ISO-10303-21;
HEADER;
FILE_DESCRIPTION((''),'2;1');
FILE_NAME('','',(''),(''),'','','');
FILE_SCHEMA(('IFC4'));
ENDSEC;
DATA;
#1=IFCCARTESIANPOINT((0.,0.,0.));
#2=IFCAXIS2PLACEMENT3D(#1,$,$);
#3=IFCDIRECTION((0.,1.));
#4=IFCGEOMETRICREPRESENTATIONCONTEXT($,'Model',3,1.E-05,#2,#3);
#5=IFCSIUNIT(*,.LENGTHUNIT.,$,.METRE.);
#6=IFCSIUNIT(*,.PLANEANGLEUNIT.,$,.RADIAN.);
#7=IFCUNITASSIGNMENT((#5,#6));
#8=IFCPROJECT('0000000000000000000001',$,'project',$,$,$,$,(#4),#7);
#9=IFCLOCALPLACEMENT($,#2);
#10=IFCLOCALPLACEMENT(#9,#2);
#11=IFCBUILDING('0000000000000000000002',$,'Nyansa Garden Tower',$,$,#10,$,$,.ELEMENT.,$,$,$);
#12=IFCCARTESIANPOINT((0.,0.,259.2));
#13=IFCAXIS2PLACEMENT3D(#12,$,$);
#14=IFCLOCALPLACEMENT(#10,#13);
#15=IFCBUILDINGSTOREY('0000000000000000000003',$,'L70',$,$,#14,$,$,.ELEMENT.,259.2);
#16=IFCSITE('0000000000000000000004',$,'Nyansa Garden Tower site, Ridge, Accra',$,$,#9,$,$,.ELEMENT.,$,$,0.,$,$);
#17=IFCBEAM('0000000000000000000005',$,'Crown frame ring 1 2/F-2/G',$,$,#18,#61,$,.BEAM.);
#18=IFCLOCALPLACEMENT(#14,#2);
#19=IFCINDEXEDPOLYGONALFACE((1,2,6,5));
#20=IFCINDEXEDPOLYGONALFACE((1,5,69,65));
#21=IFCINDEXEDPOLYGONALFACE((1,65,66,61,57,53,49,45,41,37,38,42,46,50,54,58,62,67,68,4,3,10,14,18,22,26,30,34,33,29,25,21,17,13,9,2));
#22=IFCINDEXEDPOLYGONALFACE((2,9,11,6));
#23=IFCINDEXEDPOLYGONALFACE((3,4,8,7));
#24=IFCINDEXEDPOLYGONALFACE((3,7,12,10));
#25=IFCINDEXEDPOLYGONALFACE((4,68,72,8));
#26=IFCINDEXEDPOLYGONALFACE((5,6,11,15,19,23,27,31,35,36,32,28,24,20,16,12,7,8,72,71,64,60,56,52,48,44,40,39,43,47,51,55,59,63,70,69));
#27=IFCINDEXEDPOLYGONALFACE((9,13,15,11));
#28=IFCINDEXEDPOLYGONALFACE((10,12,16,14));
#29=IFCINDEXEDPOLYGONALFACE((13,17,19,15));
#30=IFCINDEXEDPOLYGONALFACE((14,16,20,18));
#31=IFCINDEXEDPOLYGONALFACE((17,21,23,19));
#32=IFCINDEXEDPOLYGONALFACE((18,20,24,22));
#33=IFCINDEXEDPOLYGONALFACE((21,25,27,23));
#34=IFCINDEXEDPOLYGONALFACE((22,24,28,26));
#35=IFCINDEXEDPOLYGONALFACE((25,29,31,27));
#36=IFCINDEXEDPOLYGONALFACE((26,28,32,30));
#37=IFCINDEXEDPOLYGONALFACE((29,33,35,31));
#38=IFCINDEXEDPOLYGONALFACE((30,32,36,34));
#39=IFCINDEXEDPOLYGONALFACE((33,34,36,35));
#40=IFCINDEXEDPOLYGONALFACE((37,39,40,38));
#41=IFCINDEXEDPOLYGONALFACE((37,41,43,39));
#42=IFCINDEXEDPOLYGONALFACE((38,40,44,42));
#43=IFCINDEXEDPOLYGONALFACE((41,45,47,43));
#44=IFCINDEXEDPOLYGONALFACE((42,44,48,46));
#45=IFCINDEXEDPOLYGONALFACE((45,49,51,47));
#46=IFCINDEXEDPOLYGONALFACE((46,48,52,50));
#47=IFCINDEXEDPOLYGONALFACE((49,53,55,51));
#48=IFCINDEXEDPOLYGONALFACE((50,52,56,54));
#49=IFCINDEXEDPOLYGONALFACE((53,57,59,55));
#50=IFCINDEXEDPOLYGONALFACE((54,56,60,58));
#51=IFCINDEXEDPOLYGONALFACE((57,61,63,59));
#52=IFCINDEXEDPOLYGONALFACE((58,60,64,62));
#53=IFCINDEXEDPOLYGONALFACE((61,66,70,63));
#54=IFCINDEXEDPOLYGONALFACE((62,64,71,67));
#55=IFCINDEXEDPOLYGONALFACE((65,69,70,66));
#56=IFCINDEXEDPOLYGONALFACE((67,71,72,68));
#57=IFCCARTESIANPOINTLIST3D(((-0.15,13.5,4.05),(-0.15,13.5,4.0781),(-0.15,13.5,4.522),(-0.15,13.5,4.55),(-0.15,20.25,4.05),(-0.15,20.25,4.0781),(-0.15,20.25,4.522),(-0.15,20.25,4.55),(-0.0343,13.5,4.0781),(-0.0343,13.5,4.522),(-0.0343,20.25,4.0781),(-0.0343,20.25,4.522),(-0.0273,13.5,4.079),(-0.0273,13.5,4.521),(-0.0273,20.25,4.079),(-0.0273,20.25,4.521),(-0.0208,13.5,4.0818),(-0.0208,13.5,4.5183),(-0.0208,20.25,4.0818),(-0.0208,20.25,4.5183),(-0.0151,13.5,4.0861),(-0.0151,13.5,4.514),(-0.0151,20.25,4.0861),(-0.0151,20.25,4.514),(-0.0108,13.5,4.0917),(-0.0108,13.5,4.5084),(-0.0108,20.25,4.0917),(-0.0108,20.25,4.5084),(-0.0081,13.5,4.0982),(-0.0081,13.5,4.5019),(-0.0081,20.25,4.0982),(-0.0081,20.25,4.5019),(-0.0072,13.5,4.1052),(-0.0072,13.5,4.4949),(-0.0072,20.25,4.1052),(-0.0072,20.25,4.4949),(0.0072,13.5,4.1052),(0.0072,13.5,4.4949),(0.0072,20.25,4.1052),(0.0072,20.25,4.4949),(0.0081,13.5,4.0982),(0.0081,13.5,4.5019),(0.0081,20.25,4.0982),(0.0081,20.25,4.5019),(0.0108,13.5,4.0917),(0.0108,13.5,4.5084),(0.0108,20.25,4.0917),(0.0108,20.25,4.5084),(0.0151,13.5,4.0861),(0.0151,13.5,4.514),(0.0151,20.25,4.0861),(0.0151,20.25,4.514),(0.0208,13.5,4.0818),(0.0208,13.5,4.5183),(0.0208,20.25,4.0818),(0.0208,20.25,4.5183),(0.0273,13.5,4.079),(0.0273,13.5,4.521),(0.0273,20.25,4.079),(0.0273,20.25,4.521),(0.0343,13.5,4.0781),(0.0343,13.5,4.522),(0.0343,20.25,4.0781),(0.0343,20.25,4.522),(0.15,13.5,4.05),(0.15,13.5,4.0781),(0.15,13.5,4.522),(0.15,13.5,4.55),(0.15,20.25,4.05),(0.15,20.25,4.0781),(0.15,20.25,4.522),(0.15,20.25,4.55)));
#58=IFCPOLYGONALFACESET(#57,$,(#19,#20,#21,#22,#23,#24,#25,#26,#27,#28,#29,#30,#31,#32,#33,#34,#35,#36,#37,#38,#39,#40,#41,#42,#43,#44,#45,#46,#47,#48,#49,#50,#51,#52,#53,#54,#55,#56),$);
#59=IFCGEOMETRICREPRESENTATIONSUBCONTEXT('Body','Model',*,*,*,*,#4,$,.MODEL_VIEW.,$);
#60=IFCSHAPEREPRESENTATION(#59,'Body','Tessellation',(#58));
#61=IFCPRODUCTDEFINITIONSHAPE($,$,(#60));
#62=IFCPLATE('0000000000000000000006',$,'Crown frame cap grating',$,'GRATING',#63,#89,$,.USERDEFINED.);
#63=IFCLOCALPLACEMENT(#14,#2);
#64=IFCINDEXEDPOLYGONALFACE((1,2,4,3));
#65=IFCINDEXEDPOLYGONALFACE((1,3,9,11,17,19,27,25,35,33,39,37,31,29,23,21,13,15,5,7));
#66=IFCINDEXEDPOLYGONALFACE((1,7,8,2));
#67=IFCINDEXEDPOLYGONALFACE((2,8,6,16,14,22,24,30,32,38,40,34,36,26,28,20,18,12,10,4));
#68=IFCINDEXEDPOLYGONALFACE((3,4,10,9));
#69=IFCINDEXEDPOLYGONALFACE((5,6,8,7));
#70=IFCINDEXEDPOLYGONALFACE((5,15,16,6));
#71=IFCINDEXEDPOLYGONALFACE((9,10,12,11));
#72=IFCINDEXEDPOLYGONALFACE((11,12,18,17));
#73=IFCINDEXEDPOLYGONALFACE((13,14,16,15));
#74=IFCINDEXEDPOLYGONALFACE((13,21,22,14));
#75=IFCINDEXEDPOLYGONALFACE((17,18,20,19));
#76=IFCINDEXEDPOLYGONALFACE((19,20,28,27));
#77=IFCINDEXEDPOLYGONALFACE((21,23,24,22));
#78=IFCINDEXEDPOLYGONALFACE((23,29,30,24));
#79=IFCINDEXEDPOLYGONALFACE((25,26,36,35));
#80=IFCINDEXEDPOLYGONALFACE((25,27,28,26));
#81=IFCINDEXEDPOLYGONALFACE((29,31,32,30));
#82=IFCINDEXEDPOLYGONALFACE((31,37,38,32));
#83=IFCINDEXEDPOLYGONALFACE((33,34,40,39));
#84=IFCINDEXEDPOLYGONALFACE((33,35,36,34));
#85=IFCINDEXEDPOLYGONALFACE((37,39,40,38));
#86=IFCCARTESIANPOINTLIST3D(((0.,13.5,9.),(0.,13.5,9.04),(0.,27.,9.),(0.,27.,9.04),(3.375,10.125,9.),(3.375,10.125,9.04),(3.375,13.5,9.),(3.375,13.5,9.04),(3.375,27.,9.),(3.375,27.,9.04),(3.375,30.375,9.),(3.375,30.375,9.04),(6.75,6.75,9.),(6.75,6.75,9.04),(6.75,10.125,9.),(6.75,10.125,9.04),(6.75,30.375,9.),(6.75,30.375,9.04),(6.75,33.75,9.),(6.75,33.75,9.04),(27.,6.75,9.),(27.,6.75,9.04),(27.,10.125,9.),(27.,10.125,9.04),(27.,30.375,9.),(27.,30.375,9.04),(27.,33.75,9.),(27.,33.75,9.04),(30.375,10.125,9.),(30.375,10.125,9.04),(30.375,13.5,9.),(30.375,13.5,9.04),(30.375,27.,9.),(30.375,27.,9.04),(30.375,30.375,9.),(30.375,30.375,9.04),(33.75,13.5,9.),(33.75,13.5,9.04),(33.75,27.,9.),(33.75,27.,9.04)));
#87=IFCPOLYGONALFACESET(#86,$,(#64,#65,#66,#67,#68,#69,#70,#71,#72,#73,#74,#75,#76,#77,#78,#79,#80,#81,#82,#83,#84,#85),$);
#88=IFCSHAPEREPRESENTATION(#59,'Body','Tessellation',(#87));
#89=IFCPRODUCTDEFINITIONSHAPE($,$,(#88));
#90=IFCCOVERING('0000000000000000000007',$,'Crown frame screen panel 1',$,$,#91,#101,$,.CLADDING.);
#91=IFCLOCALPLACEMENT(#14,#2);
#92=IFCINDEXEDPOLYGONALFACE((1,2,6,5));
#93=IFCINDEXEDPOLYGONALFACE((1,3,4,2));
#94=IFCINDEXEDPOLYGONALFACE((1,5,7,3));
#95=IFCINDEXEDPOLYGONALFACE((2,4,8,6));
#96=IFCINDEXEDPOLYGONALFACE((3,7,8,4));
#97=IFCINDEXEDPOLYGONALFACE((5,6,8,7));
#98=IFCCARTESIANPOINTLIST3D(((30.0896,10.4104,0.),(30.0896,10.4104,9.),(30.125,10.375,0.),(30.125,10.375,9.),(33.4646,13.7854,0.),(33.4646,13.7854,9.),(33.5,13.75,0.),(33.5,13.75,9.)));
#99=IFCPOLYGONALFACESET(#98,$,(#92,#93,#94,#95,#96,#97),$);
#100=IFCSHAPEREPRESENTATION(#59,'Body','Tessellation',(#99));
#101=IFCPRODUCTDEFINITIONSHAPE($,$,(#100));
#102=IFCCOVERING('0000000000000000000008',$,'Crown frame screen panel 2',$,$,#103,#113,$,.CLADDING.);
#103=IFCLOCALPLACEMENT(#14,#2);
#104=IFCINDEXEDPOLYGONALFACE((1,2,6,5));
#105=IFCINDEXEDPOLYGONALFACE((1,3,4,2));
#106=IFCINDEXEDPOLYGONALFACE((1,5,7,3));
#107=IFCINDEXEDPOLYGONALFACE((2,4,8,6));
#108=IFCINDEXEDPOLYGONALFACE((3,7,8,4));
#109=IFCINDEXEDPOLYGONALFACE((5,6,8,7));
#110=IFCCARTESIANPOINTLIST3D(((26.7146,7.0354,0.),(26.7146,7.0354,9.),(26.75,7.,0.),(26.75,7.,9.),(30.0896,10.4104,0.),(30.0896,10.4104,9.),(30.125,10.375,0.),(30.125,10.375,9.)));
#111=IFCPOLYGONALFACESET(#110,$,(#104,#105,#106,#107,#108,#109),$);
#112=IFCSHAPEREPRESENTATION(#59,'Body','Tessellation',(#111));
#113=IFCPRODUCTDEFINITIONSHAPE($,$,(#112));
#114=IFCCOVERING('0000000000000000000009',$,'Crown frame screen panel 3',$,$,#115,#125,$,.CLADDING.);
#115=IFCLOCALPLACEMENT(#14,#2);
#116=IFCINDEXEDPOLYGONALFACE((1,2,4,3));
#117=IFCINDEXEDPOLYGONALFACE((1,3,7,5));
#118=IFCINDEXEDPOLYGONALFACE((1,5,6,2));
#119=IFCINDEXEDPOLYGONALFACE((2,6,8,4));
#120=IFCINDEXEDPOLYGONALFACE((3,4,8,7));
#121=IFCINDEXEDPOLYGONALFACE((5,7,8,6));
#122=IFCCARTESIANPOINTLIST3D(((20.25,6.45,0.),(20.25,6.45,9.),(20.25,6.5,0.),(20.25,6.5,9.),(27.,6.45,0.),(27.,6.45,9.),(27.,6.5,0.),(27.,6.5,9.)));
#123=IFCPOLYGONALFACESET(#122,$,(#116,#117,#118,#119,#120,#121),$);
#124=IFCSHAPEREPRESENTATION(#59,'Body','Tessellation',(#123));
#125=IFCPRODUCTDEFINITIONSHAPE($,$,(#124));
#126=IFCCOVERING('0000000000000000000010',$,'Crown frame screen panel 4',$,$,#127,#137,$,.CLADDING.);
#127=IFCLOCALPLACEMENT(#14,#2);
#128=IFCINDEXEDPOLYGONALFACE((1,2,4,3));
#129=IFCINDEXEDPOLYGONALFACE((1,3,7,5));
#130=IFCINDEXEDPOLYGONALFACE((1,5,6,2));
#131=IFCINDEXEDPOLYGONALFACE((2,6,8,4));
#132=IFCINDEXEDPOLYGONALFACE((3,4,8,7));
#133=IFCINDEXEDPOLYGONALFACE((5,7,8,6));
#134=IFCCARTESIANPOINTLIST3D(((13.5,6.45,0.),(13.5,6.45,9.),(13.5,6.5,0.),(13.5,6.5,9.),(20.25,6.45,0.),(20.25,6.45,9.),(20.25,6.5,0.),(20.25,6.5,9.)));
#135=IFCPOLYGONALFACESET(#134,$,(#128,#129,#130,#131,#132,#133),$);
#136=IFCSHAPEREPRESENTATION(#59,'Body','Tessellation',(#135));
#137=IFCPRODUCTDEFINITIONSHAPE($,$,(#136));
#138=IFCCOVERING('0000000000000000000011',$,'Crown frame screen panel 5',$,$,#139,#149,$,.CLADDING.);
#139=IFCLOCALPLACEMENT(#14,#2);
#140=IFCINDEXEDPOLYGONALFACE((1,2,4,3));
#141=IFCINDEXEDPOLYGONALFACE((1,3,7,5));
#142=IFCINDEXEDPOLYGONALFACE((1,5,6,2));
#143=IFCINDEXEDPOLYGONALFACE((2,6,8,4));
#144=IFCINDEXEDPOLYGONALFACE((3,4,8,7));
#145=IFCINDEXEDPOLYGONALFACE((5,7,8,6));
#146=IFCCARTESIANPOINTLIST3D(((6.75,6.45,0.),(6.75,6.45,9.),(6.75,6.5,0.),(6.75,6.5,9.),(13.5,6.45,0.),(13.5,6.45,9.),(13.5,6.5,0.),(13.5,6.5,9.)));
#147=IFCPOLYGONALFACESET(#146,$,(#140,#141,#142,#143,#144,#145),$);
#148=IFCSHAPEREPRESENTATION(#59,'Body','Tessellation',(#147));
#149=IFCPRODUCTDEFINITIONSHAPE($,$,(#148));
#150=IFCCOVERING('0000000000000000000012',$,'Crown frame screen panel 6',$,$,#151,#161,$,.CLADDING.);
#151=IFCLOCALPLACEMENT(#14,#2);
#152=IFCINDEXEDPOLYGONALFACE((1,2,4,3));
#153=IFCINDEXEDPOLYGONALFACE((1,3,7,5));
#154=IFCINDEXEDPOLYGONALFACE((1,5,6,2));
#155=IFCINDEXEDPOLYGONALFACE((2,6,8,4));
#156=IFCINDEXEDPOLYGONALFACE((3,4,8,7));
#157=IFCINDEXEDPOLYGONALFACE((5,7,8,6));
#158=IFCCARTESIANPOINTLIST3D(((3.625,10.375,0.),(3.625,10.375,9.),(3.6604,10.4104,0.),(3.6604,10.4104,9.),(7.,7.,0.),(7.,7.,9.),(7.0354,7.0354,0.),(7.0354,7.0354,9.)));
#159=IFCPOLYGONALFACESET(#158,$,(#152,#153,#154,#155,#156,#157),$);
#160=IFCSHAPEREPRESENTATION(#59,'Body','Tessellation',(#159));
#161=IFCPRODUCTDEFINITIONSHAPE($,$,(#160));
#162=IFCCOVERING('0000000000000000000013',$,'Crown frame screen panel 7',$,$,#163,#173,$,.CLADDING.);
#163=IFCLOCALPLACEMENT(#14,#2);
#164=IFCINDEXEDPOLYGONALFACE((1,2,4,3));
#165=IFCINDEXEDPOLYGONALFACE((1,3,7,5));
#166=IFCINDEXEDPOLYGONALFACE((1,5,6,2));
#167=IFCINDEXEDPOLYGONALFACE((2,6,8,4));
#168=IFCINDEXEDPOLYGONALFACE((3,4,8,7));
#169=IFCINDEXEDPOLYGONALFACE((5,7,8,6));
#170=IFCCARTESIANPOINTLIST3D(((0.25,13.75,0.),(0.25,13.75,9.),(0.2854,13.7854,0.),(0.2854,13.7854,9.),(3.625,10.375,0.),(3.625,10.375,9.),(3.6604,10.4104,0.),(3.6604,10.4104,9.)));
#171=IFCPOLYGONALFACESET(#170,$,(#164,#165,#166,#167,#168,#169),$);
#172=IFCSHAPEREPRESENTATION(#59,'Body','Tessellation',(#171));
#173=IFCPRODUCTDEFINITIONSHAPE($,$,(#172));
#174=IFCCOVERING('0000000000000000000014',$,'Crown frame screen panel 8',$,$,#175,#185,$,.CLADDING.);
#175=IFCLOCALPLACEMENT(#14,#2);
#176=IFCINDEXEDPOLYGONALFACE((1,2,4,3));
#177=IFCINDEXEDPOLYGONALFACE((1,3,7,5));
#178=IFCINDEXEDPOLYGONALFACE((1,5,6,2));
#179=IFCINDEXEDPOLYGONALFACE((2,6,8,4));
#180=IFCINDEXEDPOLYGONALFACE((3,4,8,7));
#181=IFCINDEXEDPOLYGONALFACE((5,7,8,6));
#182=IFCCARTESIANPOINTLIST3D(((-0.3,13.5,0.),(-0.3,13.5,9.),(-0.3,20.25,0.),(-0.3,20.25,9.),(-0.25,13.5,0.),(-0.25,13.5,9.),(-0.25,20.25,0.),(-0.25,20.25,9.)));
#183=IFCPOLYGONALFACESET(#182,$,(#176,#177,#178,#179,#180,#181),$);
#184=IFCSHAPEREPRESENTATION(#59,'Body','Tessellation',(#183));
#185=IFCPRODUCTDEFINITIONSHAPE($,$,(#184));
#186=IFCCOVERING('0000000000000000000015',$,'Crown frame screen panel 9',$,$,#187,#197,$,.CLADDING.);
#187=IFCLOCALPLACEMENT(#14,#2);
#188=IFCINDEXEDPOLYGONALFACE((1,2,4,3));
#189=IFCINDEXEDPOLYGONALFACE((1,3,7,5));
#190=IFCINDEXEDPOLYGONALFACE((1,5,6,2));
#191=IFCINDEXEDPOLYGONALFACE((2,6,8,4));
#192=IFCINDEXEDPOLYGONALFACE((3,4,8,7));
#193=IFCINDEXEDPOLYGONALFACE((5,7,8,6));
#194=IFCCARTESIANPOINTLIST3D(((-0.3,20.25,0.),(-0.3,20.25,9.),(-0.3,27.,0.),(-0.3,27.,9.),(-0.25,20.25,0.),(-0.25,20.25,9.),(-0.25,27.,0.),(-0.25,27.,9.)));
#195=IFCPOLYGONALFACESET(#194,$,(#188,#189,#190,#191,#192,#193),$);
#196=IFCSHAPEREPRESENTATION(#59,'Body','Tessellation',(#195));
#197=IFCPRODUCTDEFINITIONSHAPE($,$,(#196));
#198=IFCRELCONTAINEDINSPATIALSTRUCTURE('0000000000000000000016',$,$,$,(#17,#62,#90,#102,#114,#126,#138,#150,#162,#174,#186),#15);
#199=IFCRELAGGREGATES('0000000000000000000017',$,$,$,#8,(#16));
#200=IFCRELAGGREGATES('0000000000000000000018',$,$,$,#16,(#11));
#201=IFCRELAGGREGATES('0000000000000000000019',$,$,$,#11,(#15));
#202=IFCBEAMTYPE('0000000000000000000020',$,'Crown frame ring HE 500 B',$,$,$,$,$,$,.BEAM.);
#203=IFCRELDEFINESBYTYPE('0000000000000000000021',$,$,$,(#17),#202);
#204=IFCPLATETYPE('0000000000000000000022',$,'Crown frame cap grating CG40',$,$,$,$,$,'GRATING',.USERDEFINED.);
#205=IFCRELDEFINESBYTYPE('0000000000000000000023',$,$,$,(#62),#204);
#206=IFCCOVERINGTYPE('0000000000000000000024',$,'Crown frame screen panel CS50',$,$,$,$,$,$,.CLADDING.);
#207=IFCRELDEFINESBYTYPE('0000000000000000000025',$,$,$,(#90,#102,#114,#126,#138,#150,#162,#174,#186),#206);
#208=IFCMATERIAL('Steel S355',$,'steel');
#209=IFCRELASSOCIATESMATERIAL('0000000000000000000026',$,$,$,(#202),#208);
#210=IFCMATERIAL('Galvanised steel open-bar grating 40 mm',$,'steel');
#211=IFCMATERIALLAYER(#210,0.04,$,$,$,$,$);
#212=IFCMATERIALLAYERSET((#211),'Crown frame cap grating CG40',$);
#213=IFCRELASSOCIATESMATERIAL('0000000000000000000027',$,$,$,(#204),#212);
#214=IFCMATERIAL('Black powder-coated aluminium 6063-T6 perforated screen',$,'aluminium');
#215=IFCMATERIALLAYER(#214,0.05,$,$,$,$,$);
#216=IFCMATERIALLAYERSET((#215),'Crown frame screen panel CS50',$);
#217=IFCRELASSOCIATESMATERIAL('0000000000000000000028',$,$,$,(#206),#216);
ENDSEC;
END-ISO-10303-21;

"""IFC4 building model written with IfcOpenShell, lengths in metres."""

from ifc_helpers import new_model, si_unit, direction, frame, origin, origin_2d, place, context, subcontext, project, spatial, polyline, i_section, outline, extrude, material, layer, layer_set, material_profile, profile_set, type_object, element, save


model = new_model("IFC4")

# Units and contexts
model_context = context("Model", 3, precision=1e-05, world=origin(), true_north=direction((0.0, 1.0)))
body_context = subcontext(model_context, "Body", "Model", "MODEL_VIEW")
ifc_project = project(units=[si_unit("LENGTHUNIT", "METRE"), si_unit("PLANEANGLEUNIT", "RADIAN")], contexts=[model_context])

# Site, building, storey
site_placement = place(None, origin())
site = spatial("IfcSite", under=ifc_project, at=site_placement, Name="Nyansa Garden Tower site, Ridge, Accra", CompositionType="ELEMENT", RefElevation=0.0)
building_placement = place(site_placement, origin())
building = spatial("IfcBuilding", under=site, at=building_placement, Name="Nyansa Garden Tower", CompositionType="ELEMENT")
storey_placement = place(building_placement, frame((0.0, 0.0, 259.2)))
storey = spatial("IfcBuildingStorey", under=building, at=storey_placement, Name="L70", CompositionType="ELEMENT", Elevation=259.2)

# Beam
ifc_material_1 = material(Name="Steel S355", Category="steel")
ifc_material_profile_1 = material_profile(ifc_material_1, i_section(OverallWidth=0.3, OverallDepth=0.5, WebThickness=0.0144, FlangeThickness=0.0281, FilletRadius=0.0271, at=origin_2d()), Name="HE 500 B")
ifc_profile_set_1 = profile_set([ifc_material_profile_1], Name="Steel S355")
beam_type_1 = type_object("IfcBeamType", Name="Crown frame ring HE 500 B", PredefinedType="BEAM", material=ifc_profile_set_1)
beam_1_placement = place(storey_placement, frame((0.0, 13.5, 4.3), z_axis=(0.0, 1.0, 0.0), x_axis=(-1.0, 0.0, 0.0)))
element("IfcBeam", 1, at=beam_1_placement, inside=storey, type_object=beam_type_1, Name="Crown frame ring 1 2/F-2/G", PredefinedType="BEAM", context=body_context, shape_type="SweptSolid", body=[
    extrude(i_section(OverallWidth=0.3, OverallDepth=0.5, WebThickness=0.0144, FlangeThickness=0.0281, FilletRadius=0.0271, at=origin_2d()), origin(), (0.0, 0.0, 1.0), 6.75),
])

# Plate
ifc_material_2 = material(Name="Galvanised steel open-bar grating 40 mm", Category="steel")
ifc_layer_1 = layer(ifc_material_2, 0.04)
ifc_layer_set_1 = layer_set([ifc_layer_1], Name="Crown frame cap grating CG40")
plate_type = type_object("IfcPlateType", Name="Crown frame cap grating CG40", ElementType="GRATING", PredefinedType="USERDEFINED", material=ifc_layer_set_1)
plate_placement = place(storey_placement, frame((0.0, 0.0, 9.0)))
element("IfcPlate", 2, at=plate_placement, inside=storey, type_object=plate_type, Name="Crown frame cap grating", ObjectType="GRATING", PredefinedType="USERDEFINED", context=body_context, shape_type="SweptSolid", body=[
    extrude(outline(polyline([(33.75, 13.5), (30.375, 13.5), (30.375, 10.125), (27.0, 10.125), (27.0, 6.75), (6.75, 6.75), (6.75, 10.125), (3.375, 10.125), (3.375, 13.5), (0.0, 13.5), (0.0, 27.0), (3.375, 27.0), (3.375, 30.375), (6.75, 30.375), (6.75, 33.75), (27.0, 33.75), (27.0, 30.375), (30.375, 30.375), (30.375, 27.0), (33.75, 27.0), (33.75, 13.5)])), origin(), (0.0, 0.0, 1.0), 0.04),
])

# Coverings
ifc_material_3 = material(Name="Black powder-coated aluminium 6063-T6 perforated screen", Category="aluminium")
ifc_layer_2 = layer(ifc_material_3, 0.05)
ifc_layer_set_2 = layer_set([ifc_layer_2], Name="Crown frame screen panel CS50")
covering_type = type_object("IfcCoveringType", Name="Crown frame screen panel CS50", PredefinedType="CLADDING", material=ifc_layer_set_2)
covering_1_placement = place(storey_placement, origin())
element("IfcCovering", 3, at=covering_1_placement, inside=storey, type_object=covering_type, Name="Crown frame screen panel 1", PredefinedType="CLADDING", context=body_context, shape_type="SweptSolid", body=[
    extrude(outline(polyline([(33.4646, 13.7854), (30.0896, 10.4104), (30.125, 10.375), (33.5, 13.75), (33.4646, 13.7854)])), origin(), (0.0, 0.0, 1.0), 9.0),
])
covering_2_placement = place(storey_placement, origin())
element("IfcCovering", 4, at=covering_2_placement, inside=storey, type_object=covering_type, Name="Crown frame screen panel 2", PredefinedType="CLADDING", context=body_context, shape_type="SweptSolid", body=[
    extrude(outline(polyline([(30.0896, 10.4104), (26.7146, 7.0354), (26.75, 7.0), (30.125, 10.375), (30.0896, 10.4104)])), origin(), (0.0, 0.0, 1.0), 9.0),
])
covering_3_placement = place(storey_placement, origin())
element("IfcCovering", 5, at=covering_3_placement, inside=storey, type_object=covering_type, Name="Crown frame screen panel 3", PredefinedType="CLADDING", context=body_context, shape_type="SweptSolid", body=[
    extrude(outline(polyline([(27.0, 6.5), (20.25, 6.5), (20.25, 6.45), (27.0, 6.45), (27.0, 6.5)])), origin(), (0.0, 0.0, 1.0), 9.0),
])
covering_4_placement = place(storey_placement, origin())
element("IfcCovering", 6, at=covering_4_placement, inside=storey, type_object=covering_type, Name="Crown frame screen panel 4", PredefinedType="CLADDING", context=body_context, shape_type="SweptSolid", body=[
    extrude(outline(polyline([(20.25, 6.5), (13.5, 6.5), (13.5, 6.45), (20.25, 6.45), (20.25, 6.5)])), origin(), (0.0, 0.0, 1.0), 9.0),
])
covering_5_placement = place(storey_placement, origin())
element("IfcCovering", 7, at=covering_5_placement, inside=storey, type_object=covering_type, Name="Crown frame screen panel 5", PredefinedType="CLADDING", context=body_context, shape_type="SweptSolid", body=[
    extrude(outline(polyline([(13.5, 6.5), (6.75, 6.5), (6.75, 6.45), (13.5, 6.45), (13.5, 6.5)])), origin(), (0.0, 0.0, 1.0), 9.0),
])
covering_6_placement = place(storey_placement, origin())
element("IfcCovering", 8, at=covering_6_placement, inside=storey, type_object=covering_type, Name="Crown frame screen panel 6", PredefinedType="CLADDING", context=body_context, shape_type="SweptSolid", body=[
    extrude(outline(polyline([(7.0354, 7.0354), (3.6604, 10.4104), (3.625, 10.375), (7.0, 7.0), (7.0354, 7.0354)])), origin(), (0.0, 0.0, 1.0), 9.0),
])
covering_7_placement = place(storey_placement, origin())
element("IfcCovering", 9, at=covering_7_placement, inside=storey, type_object=covering_type, Name="Crown frame screen panel 7", PredefinedType="CLADDING", context=body_context, shape_type="SweptSolid", body=[
    extrude(outline(polyline([(3.6604, 10.4104), (0.2854, 13.7854), (0.25, 13.75), (3.625, 10.375), (3.6604, 10.4104)])), origin(), (0.0, 0.0, 1.0), 9.0),
])
covering_8_placement = place(storey_placement, origin())
element("IfcCovering", 10, at=covering_8_placement, inside=storey, type_object=covering_type, Name="Crown frame screen panel 8", PredefinedType="CLADDING", context=body_context, shape_type="SweptSolid", body=[
    extrude(outline(polyline([(-0.25, 13.5), (-0.25, 20.25), (-0.3, 20.25), (-0.3, 13.5), (-0.25, 13.5)])), origin(), (0.0, 0.0, 1.0), 9.0),
])
covering_9_placement = place(storey_placement, origin())
element("IfcCovering", 11, at=covering_9_placement, inside=storey, type_object=covering_type, Name="Crown frame screen panel 9", PredefinedType="CLADDING", context=body_context, shape_type="SweptSolid", body=[
    extrude(outline(polyline([(-0.25, 20.25), (-0.25, 27.0), (-0.3, 27.0), (-0.3, 20.25), (-0.25, 20.25)])), origin(), (0.0, 0.0, 1.0), 9.0),
])

save(model, "model.ifc")
